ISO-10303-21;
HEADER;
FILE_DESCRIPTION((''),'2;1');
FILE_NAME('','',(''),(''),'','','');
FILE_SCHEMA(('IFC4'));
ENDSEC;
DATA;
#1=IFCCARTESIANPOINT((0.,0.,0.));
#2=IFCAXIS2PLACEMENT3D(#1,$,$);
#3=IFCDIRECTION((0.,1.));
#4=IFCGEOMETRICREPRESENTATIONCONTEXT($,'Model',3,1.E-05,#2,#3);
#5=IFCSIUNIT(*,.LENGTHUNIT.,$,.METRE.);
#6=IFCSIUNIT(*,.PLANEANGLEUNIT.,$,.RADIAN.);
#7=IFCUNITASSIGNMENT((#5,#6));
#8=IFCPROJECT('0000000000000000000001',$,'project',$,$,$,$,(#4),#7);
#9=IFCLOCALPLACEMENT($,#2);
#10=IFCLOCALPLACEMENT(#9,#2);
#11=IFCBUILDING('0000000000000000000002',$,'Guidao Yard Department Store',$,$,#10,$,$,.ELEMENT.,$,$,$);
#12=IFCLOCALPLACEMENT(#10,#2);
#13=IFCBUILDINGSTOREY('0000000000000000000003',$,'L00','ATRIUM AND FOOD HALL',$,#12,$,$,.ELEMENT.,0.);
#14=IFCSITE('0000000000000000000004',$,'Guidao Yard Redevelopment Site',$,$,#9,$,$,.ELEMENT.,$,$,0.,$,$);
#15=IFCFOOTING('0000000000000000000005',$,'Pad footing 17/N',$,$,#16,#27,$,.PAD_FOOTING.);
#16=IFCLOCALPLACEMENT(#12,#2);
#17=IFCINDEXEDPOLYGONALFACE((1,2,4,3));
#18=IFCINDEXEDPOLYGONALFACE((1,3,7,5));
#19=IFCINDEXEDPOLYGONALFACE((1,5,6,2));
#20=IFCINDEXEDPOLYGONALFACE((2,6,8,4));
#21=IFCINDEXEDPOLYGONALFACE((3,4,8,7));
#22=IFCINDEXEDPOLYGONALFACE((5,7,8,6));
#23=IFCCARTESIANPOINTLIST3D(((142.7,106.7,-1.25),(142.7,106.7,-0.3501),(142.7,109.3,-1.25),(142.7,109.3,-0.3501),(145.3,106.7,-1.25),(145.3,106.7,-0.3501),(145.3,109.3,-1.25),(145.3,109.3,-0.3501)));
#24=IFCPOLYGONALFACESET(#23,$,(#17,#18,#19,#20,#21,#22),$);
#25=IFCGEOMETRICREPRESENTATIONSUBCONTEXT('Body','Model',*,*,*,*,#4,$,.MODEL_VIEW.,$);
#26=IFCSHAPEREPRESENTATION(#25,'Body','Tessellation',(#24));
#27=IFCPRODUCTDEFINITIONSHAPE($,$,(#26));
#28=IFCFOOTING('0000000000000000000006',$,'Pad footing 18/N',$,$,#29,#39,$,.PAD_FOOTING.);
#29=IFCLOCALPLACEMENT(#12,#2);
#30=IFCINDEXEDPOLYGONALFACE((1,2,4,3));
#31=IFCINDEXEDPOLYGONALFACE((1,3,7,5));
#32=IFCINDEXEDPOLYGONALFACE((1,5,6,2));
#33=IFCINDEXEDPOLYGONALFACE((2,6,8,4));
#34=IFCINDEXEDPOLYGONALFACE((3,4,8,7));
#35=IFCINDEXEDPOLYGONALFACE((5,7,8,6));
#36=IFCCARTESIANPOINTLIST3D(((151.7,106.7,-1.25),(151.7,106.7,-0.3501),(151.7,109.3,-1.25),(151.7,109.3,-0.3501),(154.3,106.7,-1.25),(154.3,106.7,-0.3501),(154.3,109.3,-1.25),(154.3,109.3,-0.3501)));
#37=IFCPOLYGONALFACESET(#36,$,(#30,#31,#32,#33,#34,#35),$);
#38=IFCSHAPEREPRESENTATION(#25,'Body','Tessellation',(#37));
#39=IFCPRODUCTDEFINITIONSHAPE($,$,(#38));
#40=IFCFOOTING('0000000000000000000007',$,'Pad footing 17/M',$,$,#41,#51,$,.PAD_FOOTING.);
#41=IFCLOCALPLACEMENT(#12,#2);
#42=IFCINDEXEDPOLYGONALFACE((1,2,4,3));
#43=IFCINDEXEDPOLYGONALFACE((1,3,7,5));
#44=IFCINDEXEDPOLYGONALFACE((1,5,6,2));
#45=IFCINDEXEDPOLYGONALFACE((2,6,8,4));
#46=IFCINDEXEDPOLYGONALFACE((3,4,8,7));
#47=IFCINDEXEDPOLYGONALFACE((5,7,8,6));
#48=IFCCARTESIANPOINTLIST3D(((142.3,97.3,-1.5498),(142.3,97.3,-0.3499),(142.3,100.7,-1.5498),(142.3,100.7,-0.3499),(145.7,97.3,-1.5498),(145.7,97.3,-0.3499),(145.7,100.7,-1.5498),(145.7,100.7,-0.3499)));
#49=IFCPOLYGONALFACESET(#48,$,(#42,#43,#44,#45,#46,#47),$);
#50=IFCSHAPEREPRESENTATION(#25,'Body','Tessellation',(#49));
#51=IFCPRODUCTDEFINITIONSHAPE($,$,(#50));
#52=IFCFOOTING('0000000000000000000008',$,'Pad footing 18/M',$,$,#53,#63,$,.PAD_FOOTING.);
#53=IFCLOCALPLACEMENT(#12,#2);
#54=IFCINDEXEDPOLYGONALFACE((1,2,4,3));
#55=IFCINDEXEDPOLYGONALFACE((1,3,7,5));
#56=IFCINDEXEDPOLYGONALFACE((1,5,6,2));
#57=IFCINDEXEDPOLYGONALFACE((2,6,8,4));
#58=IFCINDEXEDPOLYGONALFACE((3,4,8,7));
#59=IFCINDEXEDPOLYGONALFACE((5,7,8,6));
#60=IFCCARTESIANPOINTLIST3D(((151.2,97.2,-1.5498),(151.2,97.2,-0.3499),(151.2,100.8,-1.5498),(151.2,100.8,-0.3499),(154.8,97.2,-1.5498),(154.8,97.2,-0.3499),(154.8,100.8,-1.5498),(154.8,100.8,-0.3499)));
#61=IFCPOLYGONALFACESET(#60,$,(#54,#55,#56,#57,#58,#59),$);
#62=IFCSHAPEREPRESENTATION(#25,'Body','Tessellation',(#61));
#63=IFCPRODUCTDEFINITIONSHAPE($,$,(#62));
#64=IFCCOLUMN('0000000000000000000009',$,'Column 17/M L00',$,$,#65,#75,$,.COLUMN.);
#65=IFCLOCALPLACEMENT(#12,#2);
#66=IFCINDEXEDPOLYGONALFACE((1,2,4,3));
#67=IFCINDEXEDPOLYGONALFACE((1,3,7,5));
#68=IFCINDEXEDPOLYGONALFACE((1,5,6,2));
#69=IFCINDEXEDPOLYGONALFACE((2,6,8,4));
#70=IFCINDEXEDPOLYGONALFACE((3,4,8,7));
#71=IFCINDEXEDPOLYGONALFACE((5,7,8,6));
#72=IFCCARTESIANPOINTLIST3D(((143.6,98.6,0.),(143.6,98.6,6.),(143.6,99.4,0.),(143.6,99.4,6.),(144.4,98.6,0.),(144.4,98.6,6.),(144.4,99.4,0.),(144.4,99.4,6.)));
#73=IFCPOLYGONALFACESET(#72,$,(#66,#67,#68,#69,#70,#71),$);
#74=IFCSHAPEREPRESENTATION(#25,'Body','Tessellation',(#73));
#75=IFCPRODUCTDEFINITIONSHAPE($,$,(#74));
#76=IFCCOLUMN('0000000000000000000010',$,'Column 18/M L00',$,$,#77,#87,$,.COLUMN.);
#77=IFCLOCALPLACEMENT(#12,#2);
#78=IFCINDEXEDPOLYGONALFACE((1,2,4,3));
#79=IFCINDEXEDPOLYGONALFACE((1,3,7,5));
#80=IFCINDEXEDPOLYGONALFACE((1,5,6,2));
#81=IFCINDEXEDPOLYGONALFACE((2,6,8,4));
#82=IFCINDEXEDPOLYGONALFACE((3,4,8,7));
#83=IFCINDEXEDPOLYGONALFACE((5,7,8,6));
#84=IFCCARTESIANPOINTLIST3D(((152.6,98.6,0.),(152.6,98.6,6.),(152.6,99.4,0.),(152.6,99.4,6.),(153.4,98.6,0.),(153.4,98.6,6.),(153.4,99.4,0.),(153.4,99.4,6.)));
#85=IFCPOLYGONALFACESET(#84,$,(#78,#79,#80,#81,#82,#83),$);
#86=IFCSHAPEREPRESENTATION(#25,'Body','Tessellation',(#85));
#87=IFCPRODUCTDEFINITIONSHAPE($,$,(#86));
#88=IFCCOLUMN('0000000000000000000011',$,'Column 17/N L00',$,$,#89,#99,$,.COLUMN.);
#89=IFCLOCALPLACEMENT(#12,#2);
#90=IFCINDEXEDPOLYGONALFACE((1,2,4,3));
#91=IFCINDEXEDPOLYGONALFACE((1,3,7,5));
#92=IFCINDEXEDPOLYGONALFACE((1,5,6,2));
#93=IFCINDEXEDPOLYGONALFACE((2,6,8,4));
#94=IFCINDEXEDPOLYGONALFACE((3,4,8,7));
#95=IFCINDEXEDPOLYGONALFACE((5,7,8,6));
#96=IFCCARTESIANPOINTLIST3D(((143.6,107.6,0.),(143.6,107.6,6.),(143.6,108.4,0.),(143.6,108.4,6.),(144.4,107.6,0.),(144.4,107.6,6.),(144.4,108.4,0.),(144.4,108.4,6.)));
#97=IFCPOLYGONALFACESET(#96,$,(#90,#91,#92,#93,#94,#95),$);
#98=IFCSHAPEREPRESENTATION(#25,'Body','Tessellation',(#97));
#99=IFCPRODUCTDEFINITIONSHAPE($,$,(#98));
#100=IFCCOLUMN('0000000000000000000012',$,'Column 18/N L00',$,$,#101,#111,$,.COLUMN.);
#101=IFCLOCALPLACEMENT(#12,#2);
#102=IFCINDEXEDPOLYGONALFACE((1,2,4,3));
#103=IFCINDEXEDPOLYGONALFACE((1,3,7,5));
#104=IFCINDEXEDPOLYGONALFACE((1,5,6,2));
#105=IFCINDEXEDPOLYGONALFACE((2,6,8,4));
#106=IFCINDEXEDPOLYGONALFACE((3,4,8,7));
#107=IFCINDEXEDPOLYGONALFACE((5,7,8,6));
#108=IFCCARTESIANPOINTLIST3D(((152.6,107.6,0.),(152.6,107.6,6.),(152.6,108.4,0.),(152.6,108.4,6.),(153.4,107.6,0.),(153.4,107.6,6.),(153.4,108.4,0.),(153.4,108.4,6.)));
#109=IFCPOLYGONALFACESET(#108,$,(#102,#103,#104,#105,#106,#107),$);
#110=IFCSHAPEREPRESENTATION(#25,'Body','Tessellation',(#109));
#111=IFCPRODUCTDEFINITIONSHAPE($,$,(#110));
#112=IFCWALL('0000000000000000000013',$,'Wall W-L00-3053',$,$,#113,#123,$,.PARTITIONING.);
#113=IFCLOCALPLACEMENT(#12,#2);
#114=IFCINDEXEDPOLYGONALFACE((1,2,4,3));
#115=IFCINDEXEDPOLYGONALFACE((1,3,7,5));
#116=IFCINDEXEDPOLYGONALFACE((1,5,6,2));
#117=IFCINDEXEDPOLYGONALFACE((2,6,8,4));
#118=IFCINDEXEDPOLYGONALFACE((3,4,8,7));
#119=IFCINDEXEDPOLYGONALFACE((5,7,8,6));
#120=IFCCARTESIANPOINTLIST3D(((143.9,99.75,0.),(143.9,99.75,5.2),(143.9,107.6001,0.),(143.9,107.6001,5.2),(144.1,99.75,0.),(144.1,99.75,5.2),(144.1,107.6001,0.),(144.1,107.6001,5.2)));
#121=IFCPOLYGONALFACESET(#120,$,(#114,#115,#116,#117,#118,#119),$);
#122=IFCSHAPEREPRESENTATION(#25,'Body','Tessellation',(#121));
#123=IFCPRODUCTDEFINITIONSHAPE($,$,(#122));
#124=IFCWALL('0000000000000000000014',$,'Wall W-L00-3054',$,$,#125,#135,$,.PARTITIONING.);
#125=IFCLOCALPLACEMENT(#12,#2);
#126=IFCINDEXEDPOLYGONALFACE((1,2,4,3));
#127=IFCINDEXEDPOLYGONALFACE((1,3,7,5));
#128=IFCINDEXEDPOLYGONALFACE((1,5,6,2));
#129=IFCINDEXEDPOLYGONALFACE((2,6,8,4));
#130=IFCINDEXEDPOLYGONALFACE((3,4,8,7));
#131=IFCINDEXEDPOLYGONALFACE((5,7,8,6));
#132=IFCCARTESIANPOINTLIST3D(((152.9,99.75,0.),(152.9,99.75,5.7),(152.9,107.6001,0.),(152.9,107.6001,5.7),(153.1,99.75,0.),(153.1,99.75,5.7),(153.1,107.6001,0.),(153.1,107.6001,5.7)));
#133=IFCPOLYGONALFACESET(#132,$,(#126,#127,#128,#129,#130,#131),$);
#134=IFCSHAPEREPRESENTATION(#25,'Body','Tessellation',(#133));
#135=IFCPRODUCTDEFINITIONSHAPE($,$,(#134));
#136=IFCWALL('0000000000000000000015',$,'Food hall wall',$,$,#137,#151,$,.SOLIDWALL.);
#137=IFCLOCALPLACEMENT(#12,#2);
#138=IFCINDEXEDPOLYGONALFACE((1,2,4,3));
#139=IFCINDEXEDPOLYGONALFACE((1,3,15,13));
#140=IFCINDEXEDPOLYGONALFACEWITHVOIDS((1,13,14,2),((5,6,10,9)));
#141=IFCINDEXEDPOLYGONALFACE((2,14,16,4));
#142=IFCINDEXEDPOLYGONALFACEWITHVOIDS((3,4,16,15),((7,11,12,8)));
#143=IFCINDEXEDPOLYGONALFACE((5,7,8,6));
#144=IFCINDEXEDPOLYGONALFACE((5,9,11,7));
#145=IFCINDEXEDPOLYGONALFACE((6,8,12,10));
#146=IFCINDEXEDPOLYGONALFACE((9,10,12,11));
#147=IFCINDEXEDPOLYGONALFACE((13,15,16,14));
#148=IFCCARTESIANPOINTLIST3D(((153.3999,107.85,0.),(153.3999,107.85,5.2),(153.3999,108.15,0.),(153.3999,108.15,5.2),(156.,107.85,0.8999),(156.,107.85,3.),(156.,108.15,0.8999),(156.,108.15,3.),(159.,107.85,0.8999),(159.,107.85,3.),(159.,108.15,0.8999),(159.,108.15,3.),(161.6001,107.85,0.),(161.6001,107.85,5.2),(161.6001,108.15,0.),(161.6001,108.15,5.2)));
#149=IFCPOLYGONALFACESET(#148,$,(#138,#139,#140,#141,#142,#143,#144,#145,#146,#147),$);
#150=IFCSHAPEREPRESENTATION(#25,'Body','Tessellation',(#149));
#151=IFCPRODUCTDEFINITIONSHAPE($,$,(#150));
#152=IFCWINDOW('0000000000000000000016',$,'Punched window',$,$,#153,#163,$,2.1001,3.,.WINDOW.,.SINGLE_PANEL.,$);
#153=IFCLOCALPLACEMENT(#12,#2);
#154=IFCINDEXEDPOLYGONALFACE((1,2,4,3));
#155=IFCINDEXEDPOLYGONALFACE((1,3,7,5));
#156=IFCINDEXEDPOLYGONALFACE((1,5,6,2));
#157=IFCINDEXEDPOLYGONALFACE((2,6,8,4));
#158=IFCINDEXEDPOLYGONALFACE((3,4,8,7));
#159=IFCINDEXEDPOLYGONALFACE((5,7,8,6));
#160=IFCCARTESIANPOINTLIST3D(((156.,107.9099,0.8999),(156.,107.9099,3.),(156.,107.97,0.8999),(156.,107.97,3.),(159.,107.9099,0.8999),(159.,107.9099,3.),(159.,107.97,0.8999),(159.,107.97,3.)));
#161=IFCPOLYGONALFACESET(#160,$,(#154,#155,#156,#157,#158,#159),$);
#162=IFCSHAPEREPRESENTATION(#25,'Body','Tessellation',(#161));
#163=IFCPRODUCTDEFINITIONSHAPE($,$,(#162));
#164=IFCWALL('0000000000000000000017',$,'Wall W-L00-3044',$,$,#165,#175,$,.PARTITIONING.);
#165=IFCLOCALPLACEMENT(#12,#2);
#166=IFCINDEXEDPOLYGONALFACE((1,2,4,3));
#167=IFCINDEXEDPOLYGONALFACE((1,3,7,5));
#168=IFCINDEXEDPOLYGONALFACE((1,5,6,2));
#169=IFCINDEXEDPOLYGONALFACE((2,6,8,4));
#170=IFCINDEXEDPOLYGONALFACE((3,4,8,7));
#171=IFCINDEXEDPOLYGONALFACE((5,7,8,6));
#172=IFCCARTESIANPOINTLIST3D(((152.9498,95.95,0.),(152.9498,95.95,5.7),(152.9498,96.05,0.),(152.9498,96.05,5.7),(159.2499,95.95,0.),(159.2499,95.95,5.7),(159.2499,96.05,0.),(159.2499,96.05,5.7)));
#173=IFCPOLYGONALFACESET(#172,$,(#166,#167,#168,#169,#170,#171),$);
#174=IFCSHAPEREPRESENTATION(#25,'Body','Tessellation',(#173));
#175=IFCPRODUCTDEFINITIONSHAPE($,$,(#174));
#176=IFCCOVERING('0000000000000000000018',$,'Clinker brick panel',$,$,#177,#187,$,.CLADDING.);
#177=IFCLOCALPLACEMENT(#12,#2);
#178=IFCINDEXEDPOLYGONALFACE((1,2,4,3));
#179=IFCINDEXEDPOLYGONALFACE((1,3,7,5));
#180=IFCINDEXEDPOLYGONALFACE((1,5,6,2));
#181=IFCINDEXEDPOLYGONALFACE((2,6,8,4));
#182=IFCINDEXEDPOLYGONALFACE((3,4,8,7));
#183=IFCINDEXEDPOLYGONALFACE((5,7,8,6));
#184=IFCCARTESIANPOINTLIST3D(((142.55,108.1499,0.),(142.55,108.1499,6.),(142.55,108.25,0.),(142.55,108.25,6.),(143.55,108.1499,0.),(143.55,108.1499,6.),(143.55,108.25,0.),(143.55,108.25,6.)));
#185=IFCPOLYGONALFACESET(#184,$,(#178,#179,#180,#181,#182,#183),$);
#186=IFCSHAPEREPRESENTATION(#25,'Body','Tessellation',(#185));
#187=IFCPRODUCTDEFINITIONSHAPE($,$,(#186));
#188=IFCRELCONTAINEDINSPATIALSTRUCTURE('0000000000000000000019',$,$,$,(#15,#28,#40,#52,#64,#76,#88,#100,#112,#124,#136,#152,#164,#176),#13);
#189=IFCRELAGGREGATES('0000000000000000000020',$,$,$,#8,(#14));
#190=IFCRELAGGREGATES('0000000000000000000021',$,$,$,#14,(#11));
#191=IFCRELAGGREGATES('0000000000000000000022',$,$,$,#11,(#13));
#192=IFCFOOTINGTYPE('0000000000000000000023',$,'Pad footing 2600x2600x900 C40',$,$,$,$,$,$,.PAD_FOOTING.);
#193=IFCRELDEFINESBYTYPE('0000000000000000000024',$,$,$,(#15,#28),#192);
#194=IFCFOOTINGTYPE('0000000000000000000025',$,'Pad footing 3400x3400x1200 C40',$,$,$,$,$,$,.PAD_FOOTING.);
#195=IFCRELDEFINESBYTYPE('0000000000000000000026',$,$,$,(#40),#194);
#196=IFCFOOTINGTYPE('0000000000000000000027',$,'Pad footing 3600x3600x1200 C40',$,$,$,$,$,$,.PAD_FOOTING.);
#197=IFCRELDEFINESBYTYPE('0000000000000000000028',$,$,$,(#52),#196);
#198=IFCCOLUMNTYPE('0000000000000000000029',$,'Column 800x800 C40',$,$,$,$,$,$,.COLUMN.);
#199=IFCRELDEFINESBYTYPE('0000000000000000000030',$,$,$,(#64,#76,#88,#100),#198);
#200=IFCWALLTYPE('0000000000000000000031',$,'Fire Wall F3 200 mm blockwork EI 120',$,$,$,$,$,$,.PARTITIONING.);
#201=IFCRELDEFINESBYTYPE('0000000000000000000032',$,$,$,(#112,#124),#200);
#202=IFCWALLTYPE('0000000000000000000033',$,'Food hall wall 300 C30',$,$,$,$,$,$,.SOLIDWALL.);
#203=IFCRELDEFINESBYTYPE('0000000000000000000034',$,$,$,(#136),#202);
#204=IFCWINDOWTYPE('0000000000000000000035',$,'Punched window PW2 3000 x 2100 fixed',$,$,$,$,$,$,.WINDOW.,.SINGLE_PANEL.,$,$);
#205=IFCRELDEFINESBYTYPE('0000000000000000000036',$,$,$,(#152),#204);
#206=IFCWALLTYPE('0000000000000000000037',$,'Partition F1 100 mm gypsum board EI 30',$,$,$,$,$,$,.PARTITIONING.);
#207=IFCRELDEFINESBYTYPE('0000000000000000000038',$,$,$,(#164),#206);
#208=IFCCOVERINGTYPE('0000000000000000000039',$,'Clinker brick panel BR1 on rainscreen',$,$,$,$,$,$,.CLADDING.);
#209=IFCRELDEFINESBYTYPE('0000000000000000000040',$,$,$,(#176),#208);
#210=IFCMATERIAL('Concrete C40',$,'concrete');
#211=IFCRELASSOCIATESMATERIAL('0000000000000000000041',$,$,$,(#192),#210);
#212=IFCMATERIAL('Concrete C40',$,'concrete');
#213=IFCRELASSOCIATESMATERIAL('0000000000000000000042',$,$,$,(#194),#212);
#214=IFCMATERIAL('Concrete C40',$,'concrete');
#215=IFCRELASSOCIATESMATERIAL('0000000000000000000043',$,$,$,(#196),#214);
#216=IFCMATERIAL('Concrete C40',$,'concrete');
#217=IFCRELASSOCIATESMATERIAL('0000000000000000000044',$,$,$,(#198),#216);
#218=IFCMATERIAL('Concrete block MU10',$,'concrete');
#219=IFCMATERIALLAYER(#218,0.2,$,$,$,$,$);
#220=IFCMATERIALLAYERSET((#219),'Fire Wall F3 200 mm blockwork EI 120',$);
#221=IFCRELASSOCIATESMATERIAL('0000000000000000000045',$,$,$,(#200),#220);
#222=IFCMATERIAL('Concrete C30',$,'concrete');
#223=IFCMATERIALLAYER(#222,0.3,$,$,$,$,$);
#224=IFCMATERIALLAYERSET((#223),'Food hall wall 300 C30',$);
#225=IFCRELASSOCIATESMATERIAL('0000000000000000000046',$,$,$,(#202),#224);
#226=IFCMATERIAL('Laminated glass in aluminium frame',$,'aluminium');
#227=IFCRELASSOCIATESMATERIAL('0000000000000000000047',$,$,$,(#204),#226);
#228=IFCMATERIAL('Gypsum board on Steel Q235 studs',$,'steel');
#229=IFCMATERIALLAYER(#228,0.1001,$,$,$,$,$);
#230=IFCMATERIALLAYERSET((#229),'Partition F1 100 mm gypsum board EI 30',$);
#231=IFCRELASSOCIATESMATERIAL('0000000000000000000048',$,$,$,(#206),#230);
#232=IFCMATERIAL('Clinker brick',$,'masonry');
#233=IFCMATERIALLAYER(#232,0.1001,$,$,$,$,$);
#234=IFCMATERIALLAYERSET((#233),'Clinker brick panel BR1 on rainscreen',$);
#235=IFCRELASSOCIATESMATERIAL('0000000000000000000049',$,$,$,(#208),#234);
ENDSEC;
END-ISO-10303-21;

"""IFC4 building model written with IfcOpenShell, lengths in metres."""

from ifc_helpers import new_model, si_unit, direction, frame, frame_2d, origin, origin_2d, place, context, subcontext, project, spatial, rectangle, extrude, material, layer, layer_set, material_profile, profile_set, type_object, element, fill, save


model = new_model("IFC4")

# Units and contexts
model_context = context("Model", 3, precision=1e-05, world=origin(), true_north=direction((0.0, 1.0)))
body_context = subcontext(model_context, "Body", "Model", "MODEL_VIEW")
ifc_project = project(units=[si_unit("LENGTHUNIT", "METRE"), si_unit("PLANEANGLEUNIT", "RADIAN")], contexts=[model_context])

# Site, building, storey
site_placement = place(None, origin())
site = spatial("IfcSite", under=ifc_project, at=site_placement, Name="Guidao Yard Redevelopment Site", CompositionType="ELEMENT", RefElevation=0.0)
building_placement = place(site_placement, origin())
building = spatial("IfcBuilding", under=site, at=building_placement, Name="Guidao Yard Department Store", CompositionType="ELEMENT")
storey_placement = place(building_placement, origin())
storey = spatial("IfcBuildingStorey", under=building, at=storey_placement, Name="L00", Description="ATRIUM AND FOOD HALL", CompositionType="ELEMENT", Elevation=0.0)

# Footings
ifc_material_1 = material(Name="Concrete C40", Category="concrete")
footing_type_1 = type_object("IfcFootingType", Name="Pad footing 2600x2600x900 C40", PredefinedType="PAD_FOOTING", material=ifc_material_1)
for number, where, z_axis, x_axis, name in (
    (1, (144.0, 108.0, -1.25), (0.0, 0.0, 1.0), (1.0, 0.0, 0.0), "Pad footing 17/N"),
    (2, (153.0, 108.0, -1.25), (0.0, 0.0, 1.0), (1.0, 0.0, 0.0), "Pad footing 18/N"),
):
    element("IfcFooting", number, at=place(storey_placement, frame(where, z_axis=z_axis, x_axis=x_axis)), inside=storey, type_object=footing_type_1, Name=name, PredefinedType="PAD_FOOTING", context=body_context, shape_type="SweptSolid", body=[
        extrude(rectangle(XDim=2.6001, YDim=2.6001, at=origin_2d()), origin(), (0.0, 0.0, 1.0), 0.8999),
    ])
ifc_material_2 = material(Name="Concrete C40", Category="concrete")
footing_type_2 = type_object("IfcFootingType", Name="Pad footing 3400x3400x1200 C40", PredefinedType="PAD_FOOTING", material=ifc_material_2)
footing_1_placement = place(storey_placement, frame((144.0, 99.0, -1.5498), z_axis=(0.0, 0.0, 1.0), x_axis=(1.0, 0.0, 0.0)))
element("IfcFooting", 3, at=footing_1_placement, inside=storey, type_object=footing_type_2, Name="Pad footing 17/M", PredefinedType="PAD_FOOTING", context=body_context, shape_type="SweptSolid", body=[
    extrude(rectangle(XDim=3.3999, YDim=3.3999, at=origin_2d()), origin(), (0.0, 0.0, 1.0), 1.2),
])
ifc_material_3 = material(Name="Concrete C40", Category="concrete")
footing_type_3 = type_object("IfcFootingType", Name="Pad footing 3600x3600x1200 C40", PredefinedType="PAD_FOOTING", material=ifc_material_3)
footing_2_placement = place(storey_placement, frame((153.0, 99.0, -1.5498), z_axis=(0.0, 0.0, 1.0), x_axis=(1.0, 0.0, 0.0)))
element("IfcFooting", 4, at=footing_2_placement, inside=storey, type_object=footing_type_3, Name="Pad footing 18/M", PredefinedType="PAD_FOOTING", context=body_context, shape_type="SweptSolid", body=[
    extrude(rectangle(XDim=3.6001, YDim=3.6001, at=origin_2d()), origin(), (0.0, 0.0, 1.0), 1.2),
])

# Columns
ifc_material_4 = material(Name="Concrete C40", Category="concrete")
ifc_material_profile = material_profile(ifc_material_4, rectangle(XDim=0.8, YDim=0.8, at=origin_2d()), Name="COL 800x800")
ifc_profile_set = profile_set([ifc_material_profile], Name="Concrete C40")
column_type = type_object("IfcColumnType", Name="Column 800x800 C40", PredefinedType="COLUMN", material=ifc_profile_set)
for number, where, z_axis, x_axis, name in (
    (5, (144.0, 99.0, 0.0), (0.0, 0.0, 1.0), (1.0, 0.0, 0.0), "Column 17/M L00"),
    (6, (153.0, 99.0, 0.0), (0.0, 0.0, 1.0), (1.0, 0.0, 0.0), "Column 18/M L00"),
    (7, (144.0, 108.0, 0.0), (0.0, 0.0, 1.0), (1.0, 0.0, 0.0), "Column 17/N L00"),
    (8, (153.0, 108.0, 0.0), (0.0, 0.0, 1.0), (1.0, 0.0, 0.0), "Column 18/N L00"),
):
    element("IfcColumn", number, at=place(storey_placement, frame(where, z_axis=z_axis, x_axis=x_axis)), inside=storey, type_object=column_type, Name=name, PredefinedType="COLUMN", context=body_context, shape_type="SweptSolid", body=[
        extrude(rectangle(XDim=0.8, YDim=0.8, at=origin_2d()), origin(), (0.0, 0.0, 1.0), 6.0),
    ])

# Walls
ifc_material_5 = material(Name="Concrete block MU10", Category="concrete")
ifc_layer_1 = layer(ifc_material_5, 0.2)
ifc_layer_set_1 = layer_set([ifc_layer_1], Name="Fire Wall F3 200 mm blockwork EI 120")
wall_type_1 = type_object("IfcWallType", Name="Fire Wall F3 200 mm blockwork EI 120", PredefinedType="PARTITIONING", material=ifc_layer_set_1)
wall_1_placement = place(storey_placement, frame((144.0, 99.75, 0.0), z_axis=(0.0, 0.0, 1.0), x_axis=(0.0, 1.0, 0.0)))
element("IfcWall", 9, at=wall_1_placement, inside=storey, type_object=wall_type_1, Name="Wall W-L00-3053", PredefinedType="PARTITIONING", context=body_context, shape_type="SweptSolid", body=[
    extrude(rectangle(XDim=7.8501, YDim=0.2, at=frame_2d((3.925, 0.0))), origin(), (0.0, 0.0, 1.0), 5.2),
])
wall_2_placement = place(storey_placement, frame((153.0, 99.75, 0.0), z_axis=(0.0, 0.0, 1.0), x_axis=(0.0, 1.0, 0.0)))
element("IfcWall", 10, at=wall_2_placement, inside=storey, type_object=wall_type_1, Name="Wall W-L00-3054", PredefinedType="PARTITIONING", context=body_context, shape_type="SweptSolid", body=[
    extrude(rectangle(XDim=7.8501, YDim=0.2, at=frame_2d((3.925, 0.0))), origin(), (0.0, 0.0, 1.0), 5.7),
])

# Shared definitions
ifc_material_6 = material(Name="Concrete C30", Category="concrete")
ifc_layer_2 = layer(ifc_material_6, 0.3)
ifc_layer_set_2 = layer_set([ifc_layer_2], Name="Food hall wall 300 C30")
wall_type_2 = type_object("IfcWallType", Name="Food hall wall 300 C30", PredefinedType="SOLIDWALL", material=ifc_layer_set_2)

# Wall, opening, window
wall_3_placement = place(storey_placement, frame((153.3999, 108.0, 0.0), z_axis=(0.0, 0.0, 1.0), x_axis=(1.0, 0.0, 0.0)))
wall_3 = element("IfcWall", 11, at=wall_3_placement, inside=storey, type_object=wall_type_2, Name="Food hall wall", PredefinedType="SOLIDWALL", context=body_context, shape_type="SweptSolid", body=[
    extrude(rectangle(XDim=8.2002, YDim=0.3, at=frame_2d((4.1001, 0.0))), origin(), (0.0, 0.0, 1.0), 5.2),
])
opening_1_placement = place(wall_3_placement, frame((2.6001, 0.0, 0.8999)))
opening_1 = element("IfcOpeningElement", 12, at=opening_1_placement, cuts=wall_3, PredefinedType="OPENING", context=body_context, shape_type="SweptSolid", body=[
    extrude(rectangle(XDim=3.0, YDim=2.1001, at=frame_2d((1.5, 1.05))), frame((0.0, 0.1599, 0.0), z_axis=(0.0, -1.0, 0.0), x_axis=(1.0, 0.0, 0.0)), (0.0, 0.0, 1.0), 0.3201),
])
ifc_material_7 = material(Name="Laminated glass in aluminium frame", Category="aluminium")
window_type = type_object("IfcWindowType", Name="Punched window PW2 3000 x 2100 fixed", PartitioningType="SINGLE_PANEL", PredefinedType="WINDOW", material=ifc_material_7)
window_placement = place(opening_1_placement, origin())
window = element("IfcWindow", 13, at=window_placement, inside=storey, type_object=window_type, Name="Punched window", OverallHeight=2.1001, OverallWidth=3.0, PartitioningType="SINGLE_PANEL", PredefinedType="WINDOW", context=body_context, shape_type="SweptSolid", body=[
    extrude(rectangle(XDim=3.0, YDim=2.1001, at=frame_2d((1.5, 1.05))), frame((0.0, -0.03, 0.0), z_axis=(0.0, -1.0, 0.0), x_axis=(1.0, 0.0, 0.0)), (0.0, 0.0, 1.0), 0.0601),
])
fill(opening_1, window)

# Wall
ifc_material_8 = material(Name="Gypsum board on Steel Q235 studs", Category="steel")
ifc_layer_3 = layer(ifc_material_8, 0.1001)
ifc_layer_set_3 = layer_set([ifc_layer_3], Name="Partition F1 100 mm gypsum board EI 30")
wall_type_3 = type_object("IfcWallType", Name="Partition F1 100 mm gypsum board EI 30", PredefinedType="PARTITIONING", material=ifc_layer_set_3)
wall_4_placement = place(storey_placement, frame((152.95, 96.0, 0.0), z_axis=(0.0, 0.0, 1.0), x_axis=(1.0, 0.0, 0.0)))
element("IfcWall", 14, at=wall_4_placement, inside=storey, type_object=wall_type_3, Name="Wall W-L00-3044", PredefinedType="PARTITIONING", context=body_context, shape_type="SweptSolid", body=[
    extrude(rectangle(XDim=6.3, YDim=0.1001, at=frame_2d((3.1499, 0.0))), origin(), (0.0, 0.0, 1.0), 5.7),
])

# Covering
ifc_material_9 = material(Name="Clinker brick", Category="masonry")
ifc_layer_4 = layer(ifc_material_9, 0.1001)
ifc_layer_set_4 = layer_set([ifc_layer_4], Name="Clinker brick panel BR1 on rainscreen")
covering_type = type_object("IfcCoveringType", Name="Clinker brick panel BR1 on rainscreen", PredefinedType="CLADDING", material=ifc_layer_set_4)
for number, where, z_axis, x_axis, name in (
    (15, (143.05, 108.2, 0.0), (0.0, 0.0, 1.0), (1.0, 0.0, 0.0), "Clinker brick panel"),
):
    element("IfcCovering", number, at=place(storey_placement, frame(where, z_axis=z_axis, x_axis=x_axis)), inside=storey, type_object=covering_type, Name=name, PredefinedType="CLADDING", context=body_context, shape_type="SweptSolid", body=[
        extrude(rectangle(XDim=1.0, YDim=0.1001, at=origin_2d()), origin(), (0.0, 0.0, 1.0), 6.0),
    ])

save(model, "model.ifc")
